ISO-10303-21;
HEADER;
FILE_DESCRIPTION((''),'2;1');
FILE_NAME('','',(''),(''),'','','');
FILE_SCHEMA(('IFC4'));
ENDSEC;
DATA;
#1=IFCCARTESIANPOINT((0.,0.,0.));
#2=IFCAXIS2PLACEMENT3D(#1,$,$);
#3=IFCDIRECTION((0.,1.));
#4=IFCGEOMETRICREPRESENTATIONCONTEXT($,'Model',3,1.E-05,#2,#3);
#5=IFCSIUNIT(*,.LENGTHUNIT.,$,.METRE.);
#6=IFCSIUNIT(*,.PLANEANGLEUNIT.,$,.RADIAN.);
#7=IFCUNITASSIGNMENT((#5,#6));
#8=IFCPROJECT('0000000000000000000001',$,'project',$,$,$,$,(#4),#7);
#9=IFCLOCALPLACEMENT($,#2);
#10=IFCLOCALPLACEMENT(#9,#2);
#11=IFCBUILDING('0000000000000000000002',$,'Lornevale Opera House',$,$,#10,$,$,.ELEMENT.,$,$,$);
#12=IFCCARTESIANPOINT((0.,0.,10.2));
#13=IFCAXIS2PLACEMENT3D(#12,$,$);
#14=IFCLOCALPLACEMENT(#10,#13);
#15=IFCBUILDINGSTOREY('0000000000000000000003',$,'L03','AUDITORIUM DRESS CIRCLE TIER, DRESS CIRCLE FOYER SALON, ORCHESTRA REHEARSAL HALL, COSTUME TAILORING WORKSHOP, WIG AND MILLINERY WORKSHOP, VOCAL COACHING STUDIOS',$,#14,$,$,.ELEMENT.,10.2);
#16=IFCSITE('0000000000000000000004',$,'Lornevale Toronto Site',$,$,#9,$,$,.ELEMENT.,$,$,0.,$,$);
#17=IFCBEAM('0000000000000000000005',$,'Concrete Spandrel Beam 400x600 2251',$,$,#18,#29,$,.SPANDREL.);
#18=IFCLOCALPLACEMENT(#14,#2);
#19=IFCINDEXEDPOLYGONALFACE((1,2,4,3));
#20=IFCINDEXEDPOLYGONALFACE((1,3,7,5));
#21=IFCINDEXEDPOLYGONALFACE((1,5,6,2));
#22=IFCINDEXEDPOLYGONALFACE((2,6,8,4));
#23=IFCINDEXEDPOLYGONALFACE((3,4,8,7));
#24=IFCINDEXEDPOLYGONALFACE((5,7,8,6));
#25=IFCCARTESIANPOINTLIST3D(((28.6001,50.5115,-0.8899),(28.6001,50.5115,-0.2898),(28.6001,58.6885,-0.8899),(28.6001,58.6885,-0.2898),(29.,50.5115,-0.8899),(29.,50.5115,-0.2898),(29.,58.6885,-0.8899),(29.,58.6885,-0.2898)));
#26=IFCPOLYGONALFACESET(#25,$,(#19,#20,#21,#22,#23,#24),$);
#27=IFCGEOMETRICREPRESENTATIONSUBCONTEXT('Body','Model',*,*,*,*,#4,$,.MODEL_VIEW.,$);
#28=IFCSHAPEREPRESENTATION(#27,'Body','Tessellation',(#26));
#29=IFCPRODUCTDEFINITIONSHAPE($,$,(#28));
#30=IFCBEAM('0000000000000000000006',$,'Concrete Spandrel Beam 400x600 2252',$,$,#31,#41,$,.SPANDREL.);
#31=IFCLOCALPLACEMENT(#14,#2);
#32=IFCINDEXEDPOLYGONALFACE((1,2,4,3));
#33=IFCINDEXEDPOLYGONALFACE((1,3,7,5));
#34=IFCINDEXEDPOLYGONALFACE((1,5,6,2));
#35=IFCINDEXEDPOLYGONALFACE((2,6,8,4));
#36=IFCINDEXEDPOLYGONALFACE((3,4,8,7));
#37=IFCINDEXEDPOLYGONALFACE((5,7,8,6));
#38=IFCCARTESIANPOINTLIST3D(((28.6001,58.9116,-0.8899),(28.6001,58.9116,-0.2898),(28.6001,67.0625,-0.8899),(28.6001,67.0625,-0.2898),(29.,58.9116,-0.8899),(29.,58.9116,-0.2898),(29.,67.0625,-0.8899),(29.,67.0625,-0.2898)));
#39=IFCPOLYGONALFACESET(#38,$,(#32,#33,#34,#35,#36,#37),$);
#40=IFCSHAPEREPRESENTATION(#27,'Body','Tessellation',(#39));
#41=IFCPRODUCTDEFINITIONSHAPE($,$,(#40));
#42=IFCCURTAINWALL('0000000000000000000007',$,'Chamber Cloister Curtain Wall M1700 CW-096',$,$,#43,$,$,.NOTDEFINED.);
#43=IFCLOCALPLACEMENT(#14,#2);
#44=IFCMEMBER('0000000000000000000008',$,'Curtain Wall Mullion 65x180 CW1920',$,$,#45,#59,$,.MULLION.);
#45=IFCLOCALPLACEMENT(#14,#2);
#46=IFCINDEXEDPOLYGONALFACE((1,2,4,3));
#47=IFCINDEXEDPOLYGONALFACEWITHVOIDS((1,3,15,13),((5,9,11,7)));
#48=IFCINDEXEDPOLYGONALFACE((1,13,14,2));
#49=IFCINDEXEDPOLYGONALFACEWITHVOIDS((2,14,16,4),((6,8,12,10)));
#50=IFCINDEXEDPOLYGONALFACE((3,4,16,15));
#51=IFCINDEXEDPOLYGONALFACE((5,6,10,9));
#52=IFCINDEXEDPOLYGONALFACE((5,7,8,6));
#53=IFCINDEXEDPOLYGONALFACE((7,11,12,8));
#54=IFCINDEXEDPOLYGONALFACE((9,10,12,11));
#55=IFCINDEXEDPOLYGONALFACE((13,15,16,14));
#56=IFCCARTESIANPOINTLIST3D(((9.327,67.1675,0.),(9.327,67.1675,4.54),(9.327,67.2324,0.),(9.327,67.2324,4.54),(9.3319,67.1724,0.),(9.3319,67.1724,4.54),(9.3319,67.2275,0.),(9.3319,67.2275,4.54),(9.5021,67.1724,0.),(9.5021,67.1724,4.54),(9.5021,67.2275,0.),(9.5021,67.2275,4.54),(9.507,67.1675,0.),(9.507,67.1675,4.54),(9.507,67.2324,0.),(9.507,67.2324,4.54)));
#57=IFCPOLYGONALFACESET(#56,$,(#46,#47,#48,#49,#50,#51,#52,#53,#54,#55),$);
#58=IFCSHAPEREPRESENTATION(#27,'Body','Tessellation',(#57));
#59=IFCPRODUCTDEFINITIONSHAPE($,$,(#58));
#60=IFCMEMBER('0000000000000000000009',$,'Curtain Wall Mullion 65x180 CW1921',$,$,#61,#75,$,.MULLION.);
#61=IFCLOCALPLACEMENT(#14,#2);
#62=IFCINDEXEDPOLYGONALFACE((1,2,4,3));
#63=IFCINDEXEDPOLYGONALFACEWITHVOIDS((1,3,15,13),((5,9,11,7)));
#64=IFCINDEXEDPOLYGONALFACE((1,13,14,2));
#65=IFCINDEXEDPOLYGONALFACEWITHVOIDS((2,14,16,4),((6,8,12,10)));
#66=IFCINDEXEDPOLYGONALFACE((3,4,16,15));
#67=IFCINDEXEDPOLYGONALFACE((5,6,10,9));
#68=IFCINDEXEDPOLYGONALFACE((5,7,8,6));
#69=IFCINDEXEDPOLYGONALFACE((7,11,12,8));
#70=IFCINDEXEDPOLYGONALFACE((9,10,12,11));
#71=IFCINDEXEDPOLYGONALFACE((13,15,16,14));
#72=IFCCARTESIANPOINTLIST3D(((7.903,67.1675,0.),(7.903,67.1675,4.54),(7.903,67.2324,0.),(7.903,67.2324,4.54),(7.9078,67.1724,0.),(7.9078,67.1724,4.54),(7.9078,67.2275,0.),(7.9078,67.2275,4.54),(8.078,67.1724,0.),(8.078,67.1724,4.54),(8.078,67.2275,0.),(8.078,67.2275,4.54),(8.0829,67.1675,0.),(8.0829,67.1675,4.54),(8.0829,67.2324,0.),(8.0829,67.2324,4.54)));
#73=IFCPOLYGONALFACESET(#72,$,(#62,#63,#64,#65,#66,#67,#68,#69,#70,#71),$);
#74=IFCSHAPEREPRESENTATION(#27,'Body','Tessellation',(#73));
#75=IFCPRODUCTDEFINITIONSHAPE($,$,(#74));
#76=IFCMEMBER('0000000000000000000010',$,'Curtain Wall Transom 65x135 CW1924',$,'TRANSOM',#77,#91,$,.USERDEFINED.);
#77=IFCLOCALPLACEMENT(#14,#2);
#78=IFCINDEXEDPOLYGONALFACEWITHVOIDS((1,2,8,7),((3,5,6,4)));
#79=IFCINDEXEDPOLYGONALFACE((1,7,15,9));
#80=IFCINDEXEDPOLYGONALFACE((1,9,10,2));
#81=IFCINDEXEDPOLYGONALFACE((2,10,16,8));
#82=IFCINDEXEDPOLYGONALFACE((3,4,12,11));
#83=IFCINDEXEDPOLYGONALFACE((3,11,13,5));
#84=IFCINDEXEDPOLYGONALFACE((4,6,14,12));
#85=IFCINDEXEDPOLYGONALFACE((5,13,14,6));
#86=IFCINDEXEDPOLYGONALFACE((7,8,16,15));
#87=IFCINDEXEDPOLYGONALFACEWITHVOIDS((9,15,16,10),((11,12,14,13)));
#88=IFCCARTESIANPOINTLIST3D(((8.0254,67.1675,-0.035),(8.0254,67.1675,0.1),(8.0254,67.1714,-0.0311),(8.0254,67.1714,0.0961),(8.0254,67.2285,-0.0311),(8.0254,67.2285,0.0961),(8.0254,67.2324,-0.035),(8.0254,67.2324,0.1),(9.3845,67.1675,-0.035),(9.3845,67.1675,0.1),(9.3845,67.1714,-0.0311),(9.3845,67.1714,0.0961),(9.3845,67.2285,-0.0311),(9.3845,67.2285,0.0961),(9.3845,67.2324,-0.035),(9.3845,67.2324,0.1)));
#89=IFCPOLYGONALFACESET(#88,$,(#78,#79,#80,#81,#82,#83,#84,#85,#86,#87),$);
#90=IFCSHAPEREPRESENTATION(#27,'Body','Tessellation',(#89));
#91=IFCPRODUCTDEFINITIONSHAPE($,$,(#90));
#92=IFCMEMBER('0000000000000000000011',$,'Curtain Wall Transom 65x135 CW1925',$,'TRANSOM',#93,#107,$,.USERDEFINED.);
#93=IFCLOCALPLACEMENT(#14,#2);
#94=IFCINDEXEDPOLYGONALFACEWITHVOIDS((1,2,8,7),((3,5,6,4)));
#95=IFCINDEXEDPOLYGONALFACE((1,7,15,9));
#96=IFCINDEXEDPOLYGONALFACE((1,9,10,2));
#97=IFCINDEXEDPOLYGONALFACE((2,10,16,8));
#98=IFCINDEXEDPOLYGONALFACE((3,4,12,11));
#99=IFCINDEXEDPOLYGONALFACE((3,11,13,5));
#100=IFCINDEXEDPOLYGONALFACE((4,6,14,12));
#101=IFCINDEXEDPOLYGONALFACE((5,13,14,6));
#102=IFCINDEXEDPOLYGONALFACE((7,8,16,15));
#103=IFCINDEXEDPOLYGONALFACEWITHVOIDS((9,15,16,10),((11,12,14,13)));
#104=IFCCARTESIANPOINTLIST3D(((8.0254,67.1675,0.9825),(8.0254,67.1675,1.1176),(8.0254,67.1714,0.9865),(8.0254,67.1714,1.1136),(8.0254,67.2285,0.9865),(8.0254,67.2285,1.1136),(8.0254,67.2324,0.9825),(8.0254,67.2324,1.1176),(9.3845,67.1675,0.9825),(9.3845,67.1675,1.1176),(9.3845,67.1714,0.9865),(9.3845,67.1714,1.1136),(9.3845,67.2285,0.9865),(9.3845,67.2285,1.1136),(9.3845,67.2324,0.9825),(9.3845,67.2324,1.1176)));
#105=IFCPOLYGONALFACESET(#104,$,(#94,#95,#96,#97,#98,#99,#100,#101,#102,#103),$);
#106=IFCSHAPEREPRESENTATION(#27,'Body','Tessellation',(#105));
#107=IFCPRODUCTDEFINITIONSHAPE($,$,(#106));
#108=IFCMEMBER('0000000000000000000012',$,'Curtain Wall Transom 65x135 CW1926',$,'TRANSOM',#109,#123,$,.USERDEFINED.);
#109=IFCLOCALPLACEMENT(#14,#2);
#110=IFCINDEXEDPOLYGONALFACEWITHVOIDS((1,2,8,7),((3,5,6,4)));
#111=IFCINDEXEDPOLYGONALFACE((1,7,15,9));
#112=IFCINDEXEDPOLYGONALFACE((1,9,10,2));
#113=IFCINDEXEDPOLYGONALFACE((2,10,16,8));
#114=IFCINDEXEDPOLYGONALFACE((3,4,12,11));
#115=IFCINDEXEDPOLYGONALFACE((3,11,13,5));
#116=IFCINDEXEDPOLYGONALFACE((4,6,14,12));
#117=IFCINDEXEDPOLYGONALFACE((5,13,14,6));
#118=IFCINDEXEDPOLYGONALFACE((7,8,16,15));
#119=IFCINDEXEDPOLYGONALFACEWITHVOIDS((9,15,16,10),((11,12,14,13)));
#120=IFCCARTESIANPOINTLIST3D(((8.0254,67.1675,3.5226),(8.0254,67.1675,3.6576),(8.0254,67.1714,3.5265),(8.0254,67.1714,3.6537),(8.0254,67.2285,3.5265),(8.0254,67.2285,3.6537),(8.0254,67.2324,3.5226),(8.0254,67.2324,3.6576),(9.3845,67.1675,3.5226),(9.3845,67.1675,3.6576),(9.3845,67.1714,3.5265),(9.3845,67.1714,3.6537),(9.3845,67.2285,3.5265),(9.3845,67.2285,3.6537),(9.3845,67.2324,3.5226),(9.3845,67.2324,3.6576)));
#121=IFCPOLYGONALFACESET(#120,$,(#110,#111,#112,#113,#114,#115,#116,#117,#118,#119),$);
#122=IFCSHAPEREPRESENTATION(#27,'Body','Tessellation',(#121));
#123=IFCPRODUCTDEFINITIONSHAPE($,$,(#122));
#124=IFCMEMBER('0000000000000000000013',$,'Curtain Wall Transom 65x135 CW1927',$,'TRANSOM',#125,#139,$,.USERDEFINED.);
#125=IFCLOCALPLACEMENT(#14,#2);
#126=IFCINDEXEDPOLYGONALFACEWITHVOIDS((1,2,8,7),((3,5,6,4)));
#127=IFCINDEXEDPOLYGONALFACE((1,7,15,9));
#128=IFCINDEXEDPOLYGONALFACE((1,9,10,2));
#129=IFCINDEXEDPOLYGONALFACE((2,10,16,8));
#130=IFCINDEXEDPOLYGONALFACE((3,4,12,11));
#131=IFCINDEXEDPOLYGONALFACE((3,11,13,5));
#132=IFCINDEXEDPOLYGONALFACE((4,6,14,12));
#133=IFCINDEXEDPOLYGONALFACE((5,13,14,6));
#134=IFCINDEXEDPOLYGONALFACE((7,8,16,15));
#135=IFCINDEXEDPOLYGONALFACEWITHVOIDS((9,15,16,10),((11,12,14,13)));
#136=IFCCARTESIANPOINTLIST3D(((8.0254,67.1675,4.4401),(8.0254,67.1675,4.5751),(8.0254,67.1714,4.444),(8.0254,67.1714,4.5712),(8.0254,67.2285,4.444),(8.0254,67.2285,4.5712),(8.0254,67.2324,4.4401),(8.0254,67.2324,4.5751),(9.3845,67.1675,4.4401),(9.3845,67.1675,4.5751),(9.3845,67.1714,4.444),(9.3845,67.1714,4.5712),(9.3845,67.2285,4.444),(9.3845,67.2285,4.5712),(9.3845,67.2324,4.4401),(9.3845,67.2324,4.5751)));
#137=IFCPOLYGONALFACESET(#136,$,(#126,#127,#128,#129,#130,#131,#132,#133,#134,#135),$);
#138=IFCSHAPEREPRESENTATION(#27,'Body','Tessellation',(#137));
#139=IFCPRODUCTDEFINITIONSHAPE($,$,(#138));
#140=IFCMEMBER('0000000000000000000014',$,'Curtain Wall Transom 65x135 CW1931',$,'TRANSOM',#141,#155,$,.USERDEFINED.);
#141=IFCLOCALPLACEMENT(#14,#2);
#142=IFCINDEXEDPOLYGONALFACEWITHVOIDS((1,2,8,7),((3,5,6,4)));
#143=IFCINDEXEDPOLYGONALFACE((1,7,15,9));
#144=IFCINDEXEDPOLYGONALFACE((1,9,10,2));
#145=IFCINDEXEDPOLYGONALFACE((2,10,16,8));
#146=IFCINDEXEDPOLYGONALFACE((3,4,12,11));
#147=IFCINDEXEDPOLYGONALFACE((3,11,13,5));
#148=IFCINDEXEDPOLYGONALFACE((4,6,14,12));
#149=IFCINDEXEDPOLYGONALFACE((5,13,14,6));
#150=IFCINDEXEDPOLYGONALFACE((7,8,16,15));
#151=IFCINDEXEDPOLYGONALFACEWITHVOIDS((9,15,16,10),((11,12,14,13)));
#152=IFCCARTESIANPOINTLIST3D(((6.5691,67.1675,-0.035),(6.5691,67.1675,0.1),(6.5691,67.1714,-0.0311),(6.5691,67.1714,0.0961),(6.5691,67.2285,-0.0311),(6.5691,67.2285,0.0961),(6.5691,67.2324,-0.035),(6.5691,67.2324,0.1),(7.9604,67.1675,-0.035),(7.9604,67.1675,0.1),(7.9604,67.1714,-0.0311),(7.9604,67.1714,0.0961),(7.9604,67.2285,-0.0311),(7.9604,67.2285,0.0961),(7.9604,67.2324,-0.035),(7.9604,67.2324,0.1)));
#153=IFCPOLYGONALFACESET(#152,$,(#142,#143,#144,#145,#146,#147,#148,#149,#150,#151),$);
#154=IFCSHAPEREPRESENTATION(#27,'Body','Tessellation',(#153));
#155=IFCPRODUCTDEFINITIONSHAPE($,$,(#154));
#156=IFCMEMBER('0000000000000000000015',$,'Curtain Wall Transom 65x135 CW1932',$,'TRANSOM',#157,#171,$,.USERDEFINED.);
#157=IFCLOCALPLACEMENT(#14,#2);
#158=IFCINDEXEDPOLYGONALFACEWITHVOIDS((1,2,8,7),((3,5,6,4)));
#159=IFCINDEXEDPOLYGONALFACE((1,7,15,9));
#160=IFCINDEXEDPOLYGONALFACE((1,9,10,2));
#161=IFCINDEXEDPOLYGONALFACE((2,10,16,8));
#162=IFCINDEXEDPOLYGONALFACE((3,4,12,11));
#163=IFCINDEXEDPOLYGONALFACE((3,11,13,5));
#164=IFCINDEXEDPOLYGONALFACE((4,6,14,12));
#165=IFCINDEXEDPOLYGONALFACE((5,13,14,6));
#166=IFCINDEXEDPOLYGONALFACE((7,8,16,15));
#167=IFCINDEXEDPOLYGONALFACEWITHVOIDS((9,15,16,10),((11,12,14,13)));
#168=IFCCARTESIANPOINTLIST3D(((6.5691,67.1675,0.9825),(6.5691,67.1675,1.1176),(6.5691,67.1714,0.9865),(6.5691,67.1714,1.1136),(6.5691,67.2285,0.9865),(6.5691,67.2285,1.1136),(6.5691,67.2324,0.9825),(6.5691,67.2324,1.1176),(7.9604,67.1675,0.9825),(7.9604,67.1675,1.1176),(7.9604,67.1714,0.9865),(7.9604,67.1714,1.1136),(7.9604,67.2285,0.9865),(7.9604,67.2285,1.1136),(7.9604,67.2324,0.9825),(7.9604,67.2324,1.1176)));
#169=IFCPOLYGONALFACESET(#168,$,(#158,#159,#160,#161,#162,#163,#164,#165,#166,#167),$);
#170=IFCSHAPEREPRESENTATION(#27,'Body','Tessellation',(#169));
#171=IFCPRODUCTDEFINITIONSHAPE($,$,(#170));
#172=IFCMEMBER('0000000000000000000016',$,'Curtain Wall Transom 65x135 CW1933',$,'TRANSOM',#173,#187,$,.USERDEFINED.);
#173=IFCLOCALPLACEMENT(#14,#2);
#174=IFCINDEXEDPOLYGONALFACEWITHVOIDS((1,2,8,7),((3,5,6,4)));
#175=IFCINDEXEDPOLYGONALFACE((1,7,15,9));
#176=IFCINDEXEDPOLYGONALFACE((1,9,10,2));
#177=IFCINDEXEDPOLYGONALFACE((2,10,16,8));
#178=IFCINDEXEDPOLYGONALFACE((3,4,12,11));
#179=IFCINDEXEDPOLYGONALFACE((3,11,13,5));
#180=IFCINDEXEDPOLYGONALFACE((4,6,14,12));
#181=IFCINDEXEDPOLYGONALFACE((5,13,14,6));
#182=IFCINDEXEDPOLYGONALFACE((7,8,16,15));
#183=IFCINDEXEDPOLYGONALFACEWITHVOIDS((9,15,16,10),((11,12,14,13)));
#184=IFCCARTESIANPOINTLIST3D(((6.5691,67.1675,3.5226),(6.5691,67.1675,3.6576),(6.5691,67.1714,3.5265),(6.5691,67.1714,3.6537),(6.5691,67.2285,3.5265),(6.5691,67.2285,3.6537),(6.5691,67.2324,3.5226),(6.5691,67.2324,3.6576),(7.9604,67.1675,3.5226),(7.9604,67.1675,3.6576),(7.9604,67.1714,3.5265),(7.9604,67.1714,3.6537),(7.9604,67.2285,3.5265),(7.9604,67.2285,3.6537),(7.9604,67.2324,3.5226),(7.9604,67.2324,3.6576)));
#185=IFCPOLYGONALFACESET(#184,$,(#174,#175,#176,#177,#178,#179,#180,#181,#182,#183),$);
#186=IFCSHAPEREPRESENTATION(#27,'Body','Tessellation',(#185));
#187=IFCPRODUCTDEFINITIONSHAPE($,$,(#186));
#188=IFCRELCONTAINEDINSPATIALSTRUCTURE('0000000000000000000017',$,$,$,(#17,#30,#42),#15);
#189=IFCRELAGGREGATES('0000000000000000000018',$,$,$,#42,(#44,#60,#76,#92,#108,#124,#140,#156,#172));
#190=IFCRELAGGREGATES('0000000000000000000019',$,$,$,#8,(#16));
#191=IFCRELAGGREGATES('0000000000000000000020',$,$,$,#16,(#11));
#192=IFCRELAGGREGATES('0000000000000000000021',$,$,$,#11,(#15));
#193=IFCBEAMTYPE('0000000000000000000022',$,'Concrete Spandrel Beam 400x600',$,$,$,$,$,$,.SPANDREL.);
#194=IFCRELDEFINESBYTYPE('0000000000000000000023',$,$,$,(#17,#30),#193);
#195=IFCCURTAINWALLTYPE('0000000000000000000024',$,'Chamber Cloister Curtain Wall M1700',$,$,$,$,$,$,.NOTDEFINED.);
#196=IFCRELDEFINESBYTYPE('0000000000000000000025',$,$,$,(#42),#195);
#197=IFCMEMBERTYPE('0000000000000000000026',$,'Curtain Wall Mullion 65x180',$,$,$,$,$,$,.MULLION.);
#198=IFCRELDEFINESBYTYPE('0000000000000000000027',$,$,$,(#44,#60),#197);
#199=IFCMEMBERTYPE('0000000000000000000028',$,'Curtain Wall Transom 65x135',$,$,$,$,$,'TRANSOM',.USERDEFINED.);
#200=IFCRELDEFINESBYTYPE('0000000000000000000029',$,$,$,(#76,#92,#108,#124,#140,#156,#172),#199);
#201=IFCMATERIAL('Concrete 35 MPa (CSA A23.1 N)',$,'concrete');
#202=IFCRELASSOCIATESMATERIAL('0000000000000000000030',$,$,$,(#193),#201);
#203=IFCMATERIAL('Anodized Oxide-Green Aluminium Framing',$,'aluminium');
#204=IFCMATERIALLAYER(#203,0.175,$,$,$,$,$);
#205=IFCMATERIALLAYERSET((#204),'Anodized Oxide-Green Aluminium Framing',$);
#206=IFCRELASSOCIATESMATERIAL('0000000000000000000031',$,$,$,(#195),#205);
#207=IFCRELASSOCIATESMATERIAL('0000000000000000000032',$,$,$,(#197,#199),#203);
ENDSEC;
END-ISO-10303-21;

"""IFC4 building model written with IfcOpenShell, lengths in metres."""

from ifc_helpers import new_model, si_unit, direction, frame, origin, origin_2d, place, context, subcontext, project, spatial, rectangle, hollow_rectangle, extrude, material, layer, layer_set, material_profile, profile_set, type_object, element, aggregate, save


model = new_model("IFC4")

# Units and contexts
model_context = context("Model", 3, precision=1e-05, world=origin(), true_north=direction((0.0, 1.0)))
body_context = subcontext(model_context, "Body", "Model", "MODEL_VIEW")
ifc_project = project(units=[si_unit("LENGTHUNIT", "METRE"), si_unit("PLANEANGLEUNIT", "RADIAN")], contexts=[model_context])

# Site, building, storey
site_placement = place(None, origin())
site = spatial("IfcSite", under=ifc_project, at=site_placement, Name="Lornevale Toronto Site", CompositionType="ELEMENT", RefElevation=0.0)
building_placement = place(site_placement, origin())
building = spatial("IfcBuilding", under=site, at=building_placement, Name="Lornevale Opera House", CompositionType="ELEMENT")
storey_placement = place(building_placement, frame((0.0, 0.0, 10.2)))
storey = spatial("IfcBuildingStorey", under=building, at=storey_placement, Name="L03", Description="AUDITORIUM DRESS CIRCLE TIER, DRESS CIRCLE FOYER SALON, ORCHESTRA REHEARSAL HALL, COSTUME TAILORING WORKSHOP, WIG AND MILLINERY WORKSHOP, VOCAL COACHING STUDIOS", CompositionType="ELEMENT", Elevation=10.2)

# Shared definitions
ifc_material_1 = material(Name="Concrete 35 MPa (CSA A23.1 N)", Category="concrete")

# Beams
ifc_material_profile_1 = material_profile(ifc_material_1, rectangle(XDim=0.3999, YDim=0.6001, at=origin_2d()), Name="RC400x600")
ifc_profile_set_1 = profile_set([ifc_material_profile_1], Name="Concrete 35 MPa (CSA A23.1 N)")
beam_type_1 = type_object("IfcBeamType", Name="Concrete Spandrel Beam 400x600", PredefinedType="SPANDREL", material=ifc_profile_set_1)
for number, where, z_axis, x_axis, name in (
    (1, (28.8, 50.5115, -0.5898), (0.0, 1.0, 0.0), (-1.0, 0.0, 0.0), "Concrete Spandrel Beam 400x600 2251"),
):
    element("IfcBeam", number, at=place(storey_placement, frame(where, z_axis=z_axis, x_axis=x_axis)), inside=storey, type_object=beam_type_1, Name=name, PredefinedType="SPANDREL", context=body_context, shape_type="SweptSolid", body=[
        extrude(rectangle(XDim=0.3999, YDim=0.6001, at=origin_2d()), origin(), (0.0, 0.0, 1.0), 8.177),
    ])
beam_1_placement = place(storey_placement, frame((28.8, 58.9116, -0.5898), z_axis=(0.0, 1.0, 0.0), x_axis=(-1.0, 0.0, 0.0)))
element("IfcBeam", 2, at=beam_1_placement, inside=storey, type_object=beam_type_1, Name="Concrete Spandrel Beam 400x600 2252", PredefinedType="SPANDREL", context=body_context, shape_type="SweptSolid", body=[
    extrude(rectangle(XDim=0.3999, YDim=0.6001, at=origin_2d()), origin(), (0.0, 0.0, 1.0), 8.1509),
])

# Curtain wall, members
ifc_material_2 = material(Name="Anodized Oxide-Green Aluminium Framing", Category="aluminium")
ifc_layer_1 = layer(ifc_material_2, 0.175)
ifc_layer_set_1 = layer_set([ifc_layer_1], Name="Anodized Oxide-Green Aluminium Framing")
curtain_wall_type = type_object("IfcCurtainWallType", Name="Chamber Cloister Curtain Wall M1700", PredefinedType="NOTDEFINED", material=ifc_layer_set_1)
curtain_wall_1_placement = place(storey_placement, origin())
curtain_wall_1 = element("IfcCurtainWall", 3, at=curtain_wall_1_placement, inside=storey, type_object=curtain_wall_type, Name="Chamber Cloister Curtain Wall M1700 CW-096", PredefinedType="NOTDEFINED")
ifc_material_profile_2 = material_profile(ifc_material_2, hollow_rectangle(XDim=0.0649, YDim=0.1799, WallThickness=0.0049, at=origin_2d()), Name="ALU65x180x5")
ifc_profile_set_2 = profile_set([ifc_material_profile_2], Name="Anodized Oxide-Green Aluminium Framing")
member_type_1 = type_object("IfcMemberType", Name="Curtain Wall Mullion 65x180", PredefinedType="MULLION", material=ifc_profile_set_2)
member_1_placement = place(storey_placement, frame((9.417, 67.2, 0.0), z_axis=(0.0, 0.0, 1.0), x_axis=(0.0, -1.0, 0.0)))
member_1 = element("IfcMember", 4, at=member_1_placement, type_object=member_type_1, Name="Curtain Wall Mullion 65x180 CW1920", PredefinedType="MULLION", context=body_context, shape_type="SweptSolid", body=[
    extrude(hollow_rectangle(XDim=0.0649, YDim=0.1799, WallThickness=0.0049, at=origin_2d()), origin(), (0.0, 0.0, 1.0), 4.54),
])
member_2_placement = place(storey_placement, frame((7.9929, 67.2, 0.0), z_axis=(0.0, 0.0, 1.0), x_axis=(0.0, -1.0, 0.0)))
member_2 = element("IfcMember", 5, at=member_2_placement, type_object=member_type_1, Name="Curtain Wall Mullion 65x180 CW1921", PredefinedType="MULLION", context=body_context, shape_type="SweptSolid", body=[
    extrude(hollow_rectangle(XDim=0.0649, YDim=0.1799, WallThickness=0.0049, at=origin_2d()), origin(), (0.0, 0.0, 1.0), 4.54),
])
ifc_material_profile_3 = material_profile(ifc_material_2, hollow_rectangle(XDim=0.0649, YDim=0.135, WallThickness=0.0039, at=origin_2d()), Name="ALU65x135x4")
ifc_profile_set_3 = profile_set([ifc_material_profile_3], Name="Anodized Oxide-Green Aluminium Framing")
member_type_2 = type_object("IfcMemberType", Name="Curtain Wall Transom 65x135", ElementType="TRANSOM", PredefinedType="USERDEFINED", material=ifc_profile_set_3)
member_3_placement = place(storey_placement, frame((9.3845, 67.2, 0.0325), z_axis=(-1.0, 0.0, 0.0), x_axis=(0.0, -1.0, 0.0)))
member_3 = element("IfcMember", 6, at=member_3_placement, type_object=member_type_2, Name="Curtain Wall Transom 65x135 CW1924", ObjectType="TRANSOM", PredefinedType="USERDEFINED", context=body_context, shape_type="SweptSolid", body=[
    extrude(hollow_rectangle(XDim=0.0649, YDim=0.135, WallThickness=0.0039, at=origin_2d()), origin(), (0.0, 0.0, 1.0), 1.3591),
])
member_4_placement = place(storey_placement, frame((9.3845, 67.2, 1.05), z_axis=(-1.0, 0.0, 0.0), x_axis=(0.0, -1.0, 0.0)))
member_4 = element("IfcMember", 7, at=member_4_placement, type_object=member_type_2, Name="Curtain Wall Transom 65x135 CW1925", ObjectType="TRANSOM", PredefinedType="USERDEFINED", context=body_context, shape_type="SweptSolid", body=[
    extrude(hollow_rectangle(XDim=0.0649, YDim=0.135, WallThickness=0.0039, at=origin_2d()), origin(), (0.0, 0.0, 1.0), 1.3591),
])
member_5_placement = place(storey_placement, frame((9.3845, 67.2, 3.5901), z_axis=(-1.0, 0.0, 0.0), x_axis=(0.0, -1.0, 0.0)))
member_5 = element("IfcMember", 8, at=member_5_placement, type_object=member_type_2, Name="Curtain Wall Transom 65x135 CW1926", ObjectType="TRANSOM", PredefinedType="USERDEFINED", context=body_context, shape_type="SweptSolid", body=[
    extrude(hollow_rectangle(XDim=0.0649, YDim=0.135, WallThickness=0.0039, at=origin_2d()), origin(), (0.0, 0.0, 1.0), 1.3591),
])
member_6_placement = place(storey_placement, frame((9.3845, 67.2, 4.5076), z_axis=(-1.0, 0.0, 0.0), x_axis=(0.0, -1.0, 0.0)))
member_6 = element("IfcMember", 9, at=member_6_placement, type_object=member_type_2, Name="Curtain Wall Transom 65x135 CW1927", ObjectType="TRANSOM", PredefinedType="USERDEFINED", context=body_context, shape_type="SweptSolid", body=[
    extrude(hollow_rectangle(XDim=0.0649, YDim=0.135, WallThickness=0.0039, at=origin_2d()), origin(), (0.0, 0.0, 1.0), 1.3591),
])
member_7_placement = place(storey_placement, frame((7.9604, 67.2, 0.0325), z_axis=(-1.0, 0.0, 0.0), x_axis=(0.0, -1.0, 0.0)))
member_7 = element("IfcMember", 10, at=member_7_placement, type_object=member_type_2, Name="Curtain Wall Transom 65x135 CW1931", ObjectType="TRANSOM", PredefinedType="USERDEFINED", context=body_context, shape_type="SweptSolid", body=[
    extrude(hollow_rectangle(XDim=0.0649, YDim=0.135, WallThickness=0.0039, at=origin_2d()), origin(), (0.0, 0.0, 1.0), 1.3914),
])
member_8_placement = place(storey_placement, frame((7.9604, 67.2, 1.05), z_axis=(-1.0, 0.0, 0.0), x_axis=(0.0, -1.0, 0.0)))
member_8 = element("IfcMember", 11, at=member_8_placement, type_object=member_type_2, Name="Curtain Wall Transom 65x135 CW1932", ObjectType="TRANSOM", PredefinedType="USERDEFINED", context=body_context, shape_type="SweptSolid", body=[
    extrude(hollow_rectangle(XDim=0.0649, YDim=0.135, WallThickness=0.0039, at=origin_2d()), origin(), (0.0, 0.0, 1.0), 1.3914),
])
member_9_placement = place(storey_placement, frame((7.9604, 67.2, 3.5901), z_axis=(-1.0, 0.0, 0.0), x_axis=(0.0, -1.0, 0.0)))
member_9 = element("IfcMember", 12, at=member_9_placement, type_object=member_type_2, Name="Curtain Wall Transom 65x135 CW1933", ObjectType="TRANSOM", PredefinedType="USERDEFINED", context=body_context, shape_type="SweptSolid", body=[
    extrude(hollow_rectangle(XDim=0.0649, YDim=0.135, WallThickness=0.0039, at=origin_2d()), origin(), (0.0, 0.0, 1.0), 1.3914),
])

aggregate(curtain_wall_1, [member_1, member_2, member_3, member_4, member_5, member_6, member_7, member_8, member_9])

save(model, "model.ifc")
